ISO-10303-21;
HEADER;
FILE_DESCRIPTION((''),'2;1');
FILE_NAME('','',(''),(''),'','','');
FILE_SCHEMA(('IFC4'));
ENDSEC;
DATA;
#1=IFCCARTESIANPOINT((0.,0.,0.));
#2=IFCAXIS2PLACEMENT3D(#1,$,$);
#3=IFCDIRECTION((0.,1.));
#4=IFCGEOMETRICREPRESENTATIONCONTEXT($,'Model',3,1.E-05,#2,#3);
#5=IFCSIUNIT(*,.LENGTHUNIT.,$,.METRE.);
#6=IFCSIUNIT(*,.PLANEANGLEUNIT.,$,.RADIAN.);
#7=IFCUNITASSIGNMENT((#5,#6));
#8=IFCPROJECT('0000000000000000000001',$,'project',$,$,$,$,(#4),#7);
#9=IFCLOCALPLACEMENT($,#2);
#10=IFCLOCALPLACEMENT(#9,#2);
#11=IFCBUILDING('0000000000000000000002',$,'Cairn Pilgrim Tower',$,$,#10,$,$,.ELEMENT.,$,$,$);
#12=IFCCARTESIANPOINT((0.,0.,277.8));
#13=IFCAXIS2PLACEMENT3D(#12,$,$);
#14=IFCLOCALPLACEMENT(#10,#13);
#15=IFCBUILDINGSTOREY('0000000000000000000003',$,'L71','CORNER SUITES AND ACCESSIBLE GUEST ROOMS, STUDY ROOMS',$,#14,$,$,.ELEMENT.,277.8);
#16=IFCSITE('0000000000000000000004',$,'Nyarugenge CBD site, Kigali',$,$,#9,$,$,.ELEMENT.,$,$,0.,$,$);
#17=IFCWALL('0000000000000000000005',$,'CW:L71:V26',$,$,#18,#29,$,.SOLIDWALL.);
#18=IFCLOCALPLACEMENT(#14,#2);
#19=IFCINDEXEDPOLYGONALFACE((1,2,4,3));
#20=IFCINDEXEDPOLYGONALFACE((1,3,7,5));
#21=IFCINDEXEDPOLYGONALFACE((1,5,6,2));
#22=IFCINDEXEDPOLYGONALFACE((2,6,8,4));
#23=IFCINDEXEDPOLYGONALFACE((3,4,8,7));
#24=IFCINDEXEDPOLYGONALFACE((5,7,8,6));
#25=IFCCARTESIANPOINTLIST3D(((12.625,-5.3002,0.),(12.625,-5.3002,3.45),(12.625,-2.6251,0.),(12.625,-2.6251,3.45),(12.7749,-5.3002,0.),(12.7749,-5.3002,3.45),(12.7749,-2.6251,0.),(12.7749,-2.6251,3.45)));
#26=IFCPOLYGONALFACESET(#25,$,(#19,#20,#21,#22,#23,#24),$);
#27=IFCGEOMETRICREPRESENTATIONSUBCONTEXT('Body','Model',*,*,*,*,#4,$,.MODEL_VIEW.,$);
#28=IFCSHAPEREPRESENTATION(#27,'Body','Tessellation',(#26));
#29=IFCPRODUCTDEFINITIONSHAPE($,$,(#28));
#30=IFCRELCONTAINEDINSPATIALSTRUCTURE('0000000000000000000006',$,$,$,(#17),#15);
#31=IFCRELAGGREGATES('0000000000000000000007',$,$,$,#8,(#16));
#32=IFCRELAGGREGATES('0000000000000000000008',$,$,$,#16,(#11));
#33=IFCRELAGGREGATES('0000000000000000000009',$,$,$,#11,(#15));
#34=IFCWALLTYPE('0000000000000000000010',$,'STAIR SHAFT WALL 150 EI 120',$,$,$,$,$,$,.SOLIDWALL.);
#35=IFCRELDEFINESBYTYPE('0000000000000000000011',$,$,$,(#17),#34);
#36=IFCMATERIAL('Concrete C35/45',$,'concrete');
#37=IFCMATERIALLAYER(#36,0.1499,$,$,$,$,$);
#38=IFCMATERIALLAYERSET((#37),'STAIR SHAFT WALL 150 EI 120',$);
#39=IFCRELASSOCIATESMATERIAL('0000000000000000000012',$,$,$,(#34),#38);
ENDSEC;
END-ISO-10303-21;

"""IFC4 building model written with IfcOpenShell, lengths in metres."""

from ifc_helpers import new_model, si_unit, direction, frame, frame_2d, origin, place, context, subcontext, project, spatial, rectangle, extrude, material, layer, layer_set, type_object, element, save


model = new_model("IFC4")

# Units and contexts
model_context = context("Model", 3, precision=1e-05, world=origin(), true_north=direction((0.0, 1.0)))
body_context = subcontext(model_context, "Body", "Model", "MODEL_VIEW")
ifc_project = project(units=[si_unit("LENGTHUNIT", "METRE"), si_unit("PLANEANGLEUNIT", "RADIAN")], contexts=[model_context])

# Site, building, storey
site_placement = place(None, origin())
site = spatial("IfcSite", under=ifc_project, at=site_placement, Name="Nyarugenge CBD site, Kigali", CompositionType="ELEMENT", RefElevation=0.0)
building_placement = place(site_placement, origin())
building = spatial("IfcBuilding", under=site, at=building_placement, Name="Cairn Pilgrim Tower", CompositionType="ELEMENT")
storey_placement = place(building_placement, frame((0.0, 0.0, 277.8)))
storey = spatial("IfcBuildingStorey", under=building, at=storey_placement, Name="L71", Description="CORNER SUITES AND ACCESSIBLE GUEST ROOMS, STUDY ROOMS", CompositionType="ELEMENT", Elevation=277.8)

# Wall
ifc_material_1 = material(Name="Concrete C35/45", Category="concrete")
ifc_layer_1 = layer(ifc_material_1, 0.1499)
ifc_layer_set_1 = layer_set([ifc_layer_1], Name="STAIR SHAFT WALL 150 EI 120")
wall_type_1 = type_object("IfcWallType", Name="STAIR SHAFT WALL 150 EI 120", PredefinedType="SOLIDWALL", material=ifc_layer_set_1)
wall_1_placement = place(storey_placement, frame((12.7, -5.3, 0.0), z_axis=(0.0, 0.0, 1.0), x_axis=(0.0, 1.0, 0.0)))
element("IfcWall", 1, at=wall_1_placement, inside=storey, type_object=wall_type_1, Name="CW:L71:V26", PredefinedType="SOLIDWALL", context=body_context, shape_type="SweptSolid", body=[
    extrude(rectangle(XDim=2.675, YDim=0.1499, at=frame_2d((1.3374, 0.0))), origin(), (0.0, 0.0, 1.0), 3.45),
])

save(model, "model.ifc")
